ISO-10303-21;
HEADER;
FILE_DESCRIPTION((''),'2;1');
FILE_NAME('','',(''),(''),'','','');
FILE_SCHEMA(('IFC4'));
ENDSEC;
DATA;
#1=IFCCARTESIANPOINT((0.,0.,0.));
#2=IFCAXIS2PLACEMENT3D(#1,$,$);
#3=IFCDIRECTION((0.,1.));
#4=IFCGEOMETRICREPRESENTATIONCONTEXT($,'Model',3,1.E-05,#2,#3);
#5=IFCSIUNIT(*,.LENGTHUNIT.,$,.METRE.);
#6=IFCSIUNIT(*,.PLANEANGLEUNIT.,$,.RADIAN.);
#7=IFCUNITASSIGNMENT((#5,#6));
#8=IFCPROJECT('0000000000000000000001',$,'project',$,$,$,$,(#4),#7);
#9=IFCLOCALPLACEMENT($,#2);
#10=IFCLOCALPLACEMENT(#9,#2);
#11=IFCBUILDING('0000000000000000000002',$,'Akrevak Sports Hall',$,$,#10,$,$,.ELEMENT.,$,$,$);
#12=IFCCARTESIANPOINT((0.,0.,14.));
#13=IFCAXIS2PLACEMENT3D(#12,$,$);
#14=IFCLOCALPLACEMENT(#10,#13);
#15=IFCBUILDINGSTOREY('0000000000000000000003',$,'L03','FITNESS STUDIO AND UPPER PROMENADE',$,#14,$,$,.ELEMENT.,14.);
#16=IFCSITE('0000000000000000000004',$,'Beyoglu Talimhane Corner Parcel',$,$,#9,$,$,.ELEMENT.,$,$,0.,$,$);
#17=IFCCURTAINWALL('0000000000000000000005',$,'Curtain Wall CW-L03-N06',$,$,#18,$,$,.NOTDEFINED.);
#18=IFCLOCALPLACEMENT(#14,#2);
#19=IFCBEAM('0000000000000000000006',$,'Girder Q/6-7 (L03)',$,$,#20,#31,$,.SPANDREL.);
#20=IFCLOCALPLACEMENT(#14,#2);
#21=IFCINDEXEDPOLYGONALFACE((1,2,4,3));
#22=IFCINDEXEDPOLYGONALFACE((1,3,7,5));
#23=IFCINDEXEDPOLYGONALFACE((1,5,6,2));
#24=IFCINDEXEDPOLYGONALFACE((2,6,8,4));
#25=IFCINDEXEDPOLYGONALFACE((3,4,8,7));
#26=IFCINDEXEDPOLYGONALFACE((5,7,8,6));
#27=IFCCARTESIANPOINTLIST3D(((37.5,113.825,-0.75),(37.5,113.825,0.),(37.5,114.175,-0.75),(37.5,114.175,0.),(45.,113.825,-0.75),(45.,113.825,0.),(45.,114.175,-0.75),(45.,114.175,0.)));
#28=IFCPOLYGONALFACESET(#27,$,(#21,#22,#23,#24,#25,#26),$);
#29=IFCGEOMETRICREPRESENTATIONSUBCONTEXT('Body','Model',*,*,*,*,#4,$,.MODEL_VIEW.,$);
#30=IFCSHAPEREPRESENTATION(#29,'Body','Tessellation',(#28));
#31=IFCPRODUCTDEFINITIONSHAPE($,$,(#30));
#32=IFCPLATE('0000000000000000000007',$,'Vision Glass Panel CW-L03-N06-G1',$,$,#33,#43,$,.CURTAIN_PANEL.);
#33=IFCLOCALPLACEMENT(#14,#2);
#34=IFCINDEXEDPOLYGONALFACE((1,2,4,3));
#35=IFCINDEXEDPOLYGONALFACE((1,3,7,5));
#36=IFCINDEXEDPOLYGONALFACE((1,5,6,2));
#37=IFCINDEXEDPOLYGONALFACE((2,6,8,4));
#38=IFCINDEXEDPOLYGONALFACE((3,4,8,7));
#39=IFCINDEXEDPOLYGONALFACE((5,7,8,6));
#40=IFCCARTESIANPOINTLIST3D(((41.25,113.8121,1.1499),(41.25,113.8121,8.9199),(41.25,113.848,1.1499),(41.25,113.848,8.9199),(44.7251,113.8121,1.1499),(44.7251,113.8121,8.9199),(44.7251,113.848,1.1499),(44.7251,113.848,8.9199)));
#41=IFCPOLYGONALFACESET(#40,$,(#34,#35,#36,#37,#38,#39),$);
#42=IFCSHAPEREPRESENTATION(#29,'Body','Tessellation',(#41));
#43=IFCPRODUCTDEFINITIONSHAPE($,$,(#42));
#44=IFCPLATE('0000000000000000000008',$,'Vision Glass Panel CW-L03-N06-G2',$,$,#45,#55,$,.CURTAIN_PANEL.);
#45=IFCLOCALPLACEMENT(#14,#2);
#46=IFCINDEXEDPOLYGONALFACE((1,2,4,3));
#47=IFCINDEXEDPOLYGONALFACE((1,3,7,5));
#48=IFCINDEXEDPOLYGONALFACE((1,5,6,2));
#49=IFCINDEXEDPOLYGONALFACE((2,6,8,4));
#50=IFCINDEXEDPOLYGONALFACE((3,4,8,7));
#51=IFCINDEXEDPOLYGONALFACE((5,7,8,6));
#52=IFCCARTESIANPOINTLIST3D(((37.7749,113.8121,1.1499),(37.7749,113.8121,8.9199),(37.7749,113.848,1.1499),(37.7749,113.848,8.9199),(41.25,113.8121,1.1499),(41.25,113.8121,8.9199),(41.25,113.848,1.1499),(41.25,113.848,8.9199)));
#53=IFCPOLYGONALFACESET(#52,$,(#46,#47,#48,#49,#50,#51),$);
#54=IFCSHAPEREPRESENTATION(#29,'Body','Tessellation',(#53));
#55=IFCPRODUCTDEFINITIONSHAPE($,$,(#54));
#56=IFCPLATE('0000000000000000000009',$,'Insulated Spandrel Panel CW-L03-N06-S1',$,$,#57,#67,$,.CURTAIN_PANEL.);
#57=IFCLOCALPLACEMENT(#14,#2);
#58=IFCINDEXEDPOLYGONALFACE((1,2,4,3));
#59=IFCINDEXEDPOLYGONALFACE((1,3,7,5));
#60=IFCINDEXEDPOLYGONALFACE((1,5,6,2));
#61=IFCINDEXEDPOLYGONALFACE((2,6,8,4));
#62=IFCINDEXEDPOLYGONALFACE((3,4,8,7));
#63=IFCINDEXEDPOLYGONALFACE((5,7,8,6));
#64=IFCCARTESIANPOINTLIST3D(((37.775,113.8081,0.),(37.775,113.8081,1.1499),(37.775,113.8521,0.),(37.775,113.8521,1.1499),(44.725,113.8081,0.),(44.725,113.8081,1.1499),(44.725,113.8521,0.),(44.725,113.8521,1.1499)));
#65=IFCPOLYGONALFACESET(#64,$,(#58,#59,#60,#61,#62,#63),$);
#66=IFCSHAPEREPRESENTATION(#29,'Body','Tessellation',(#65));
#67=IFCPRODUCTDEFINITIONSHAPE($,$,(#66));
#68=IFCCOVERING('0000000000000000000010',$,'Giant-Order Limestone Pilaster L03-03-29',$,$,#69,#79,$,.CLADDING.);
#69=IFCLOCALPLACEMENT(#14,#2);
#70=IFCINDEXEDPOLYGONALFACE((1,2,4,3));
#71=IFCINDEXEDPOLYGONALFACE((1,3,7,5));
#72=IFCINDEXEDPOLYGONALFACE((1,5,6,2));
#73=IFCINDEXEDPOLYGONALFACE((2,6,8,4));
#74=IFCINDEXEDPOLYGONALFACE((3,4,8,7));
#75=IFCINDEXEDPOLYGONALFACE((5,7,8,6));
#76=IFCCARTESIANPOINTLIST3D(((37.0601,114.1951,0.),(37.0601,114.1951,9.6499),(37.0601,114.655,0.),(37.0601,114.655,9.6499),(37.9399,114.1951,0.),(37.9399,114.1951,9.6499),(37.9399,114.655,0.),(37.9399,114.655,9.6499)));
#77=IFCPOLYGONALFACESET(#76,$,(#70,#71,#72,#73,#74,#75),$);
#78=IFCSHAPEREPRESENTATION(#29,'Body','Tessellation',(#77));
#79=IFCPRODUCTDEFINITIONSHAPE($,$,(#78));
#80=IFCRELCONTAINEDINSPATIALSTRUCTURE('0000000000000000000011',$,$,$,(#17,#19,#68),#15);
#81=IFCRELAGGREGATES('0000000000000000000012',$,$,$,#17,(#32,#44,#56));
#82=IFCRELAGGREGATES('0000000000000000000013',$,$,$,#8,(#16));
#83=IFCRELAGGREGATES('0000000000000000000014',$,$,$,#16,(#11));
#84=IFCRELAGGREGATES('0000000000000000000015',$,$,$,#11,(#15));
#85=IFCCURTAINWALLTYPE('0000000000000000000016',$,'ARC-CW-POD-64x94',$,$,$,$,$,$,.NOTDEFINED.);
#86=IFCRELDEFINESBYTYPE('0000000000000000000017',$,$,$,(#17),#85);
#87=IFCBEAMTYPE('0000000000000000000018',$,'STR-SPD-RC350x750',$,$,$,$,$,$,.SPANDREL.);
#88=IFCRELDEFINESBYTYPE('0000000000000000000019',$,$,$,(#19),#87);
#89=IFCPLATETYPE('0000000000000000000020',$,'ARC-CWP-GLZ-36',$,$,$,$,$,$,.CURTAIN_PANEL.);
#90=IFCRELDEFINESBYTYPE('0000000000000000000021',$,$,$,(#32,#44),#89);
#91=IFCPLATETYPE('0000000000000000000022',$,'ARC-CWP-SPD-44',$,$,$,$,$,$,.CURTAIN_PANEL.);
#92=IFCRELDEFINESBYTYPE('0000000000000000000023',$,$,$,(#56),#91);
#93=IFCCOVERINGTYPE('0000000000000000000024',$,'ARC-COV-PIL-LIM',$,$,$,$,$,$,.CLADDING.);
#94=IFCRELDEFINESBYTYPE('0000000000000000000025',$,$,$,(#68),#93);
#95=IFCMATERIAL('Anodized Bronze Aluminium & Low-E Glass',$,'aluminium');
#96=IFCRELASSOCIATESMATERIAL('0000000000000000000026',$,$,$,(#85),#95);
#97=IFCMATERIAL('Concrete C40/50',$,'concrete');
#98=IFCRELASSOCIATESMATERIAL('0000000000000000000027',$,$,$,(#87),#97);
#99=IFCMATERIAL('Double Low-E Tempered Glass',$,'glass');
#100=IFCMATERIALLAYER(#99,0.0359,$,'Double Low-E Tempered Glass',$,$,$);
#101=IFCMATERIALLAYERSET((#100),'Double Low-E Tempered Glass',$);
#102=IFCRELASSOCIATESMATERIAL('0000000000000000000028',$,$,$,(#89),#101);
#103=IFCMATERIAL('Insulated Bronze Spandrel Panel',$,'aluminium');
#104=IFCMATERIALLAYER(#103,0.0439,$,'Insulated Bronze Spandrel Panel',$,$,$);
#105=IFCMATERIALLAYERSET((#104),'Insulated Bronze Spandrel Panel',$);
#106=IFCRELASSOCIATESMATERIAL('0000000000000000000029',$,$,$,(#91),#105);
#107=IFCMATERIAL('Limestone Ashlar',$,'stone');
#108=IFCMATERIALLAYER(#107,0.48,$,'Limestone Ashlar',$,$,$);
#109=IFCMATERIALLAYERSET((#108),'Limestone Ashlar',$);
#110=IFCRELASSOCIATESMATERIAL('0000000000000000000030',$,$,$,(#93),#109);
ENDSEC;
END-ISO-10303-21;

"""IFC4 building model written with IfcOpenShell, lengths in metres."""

from ifc_helpers import new_model, si_unit, direction, frame, origin, origin_2d, place, context, subcontext, project, spatial, rectangle, extrude, material, layer, layer_set, material_profile, profile_set, type_object, element, aggregate, save


model = new_model("IFC4")

# Units and contexts
model_context = context("Model", 3, precision=1e-05, world=origin(), true_north=direction((0.0, 1.0)))
body_context = subcontext(model_context, "Body", "Model", "MODEL_VIEW")
ifc_project = project(units=[si_unit("LENGTHUNIT", "METRE"), si_unit("PLANEANGLEUNIT", "RADIAN")], contexts=[model_context])

# Site, building, storey
site_placement = place(None, origin())
site = spatial("IfcSite", under=ifc_project, at=site_placement, Name="Beyoglu Talimhane Corner Parcel", CompositionType="ELEMENT", RefElevation=0.0)
building_placement = place(site_placement, origin())
building = spatial("IfcBuilding", under=site, at=building_placement, Name="Akrevak Sports Hall", CompositionType="ELEMENT")
storey_placement = place(building_placement, frame((0.0, 0.0, 14.0)))
storey = spatial("IfcBuildingStorey", under=building, at=storey_placement, Name="L03", Description="FITNESS STUDIO AND UPPER PROMENADE", CompositionType="ELEMENT", Elevation=14.0)

# Shared definitions
ifc_material_1 = material(Name="Concrete C40/50", Category="concrete")

# Curtain wall
ifc_material_2 = material(Name="Anodized Bronze Aluminium & Low-E Glass", Category="aluminium")
curtain_wall_type = type_object("IfcCurtainWallType", Name="ARC-CW-POD-64x94", PredefinedType="NOTDEFINED", material=ifc_material_2)
curtain_wall_placement = place(storey_placement, origin())
curtain_wall = element("IfcCurtainWall", 1, at=curtain_wall_placement, inside=storey, type_object=curtain_wall_type, Name="Curtain Wall CW-L03-N06", PredefinedType="NOTDEFINED")

# Beam
ifc_material_profile_1 = material_profile(ifc_material_1, rectangle(XDim=0.3501, YDim=0.75, at=origin_2d()), Name="SPD 350x750", Category="concrete")
ifc_profile_set_1 = profile_set([ifc_material_profile_1], Name="Concrete C40/50")
beam_type_1 = type_object("IfcBeamType", Name="STR-SPD-RC350x750", PredefinedType="SPANDREL", material=ifc_profile_set_1)
beam_1_placement = place(storey_placement, frame((37.5, 114.0, -0.375), z_axis=(1.0, 0.0, 0.0), x_axis=(0.0, 1.0, 0.0)))
element("IfcBeam", 2, at=beam_1_placement, inside=storey, type_object=beam_type_1, Name="Girder Q/6-7 (L03)", PredefinedType="SPANDREL", context=body_context, shape_type="SweptSolid", body=[
    extrude(rectangle(XDim=0.3501, YDim=0.75, at=origin_2d()), origin(), (0.0, 0.0, 1.0), 7.5),
])

# Plates
ifc_material_3 = material(Name="Double Low-E Tempered Glass", Category="glass")
ifc_layer_1 = layer(ifc_material_3, 0.0359, Name="Double Low-E Tempered Glass")
ifc_layer_set_1 = layer_set([ifc_layer_1], Name="Double Low-E Tempered Glass")
plate_type_1 = type_object("IfcPlateType", Name="ARC-CWP-GLZ-36", PredefinedType="CURTAIN_PANEL", material=ifc_layer_set_1)
plate_1_placement = place(storey_placement, frame((42.9875, 113.8301, 1.1499), z_axis=(0.0, 0.0, 1.0), x_axis=(-1.0, 0.0, 0.0)))
plate_1 = element("IfcPlate", 3, at=plate_1_placement, type_object=plate_type_1, Name="Vision Glass Panel CW-L03-N06-G1", PredefinedType="CURTAIN_PANEL", context=body_context, shape_type="SweptSolid", body=[
    extrude(rectangle(XDim=3.4751, YDim=0.0359, at=origin_2d()), origin(), (0.0, 0.0, 1.0), 7.77),
])
plate_2_placement = place(storey_placement, frame((39.5125, 113.8301, 1.1499), z_axis=(0.0, 0.0, 1.0), x_axis=(-1.0, 0.0, 0.0)))
plate_2 = element("IfcPlate", 4, at=plate_2_placement, type_object=plate_type_1, Name="Vision Glass Panel CW-L03-N06-G2", PredefinedType="CURTAIN_PANEL", context=body_context, shape_type="SweptSolid", body=[
    extrude(rectangle(XDim=3.4751, YDim=0.0359, at=origin_2d()), origin(), (0.0, 0.0, 1.0), 7.77),
])
ifc_material_4 = material(Name="Insulated Bronze Spandrel Panel", Category="aluminium")
ifc_layer_2 = layer(ifc_material_4, 0.0439, Name="Insulated Bronze Spandrel Panel")
ifc_layer_set_2 = layer_set([ifc_layer_2], Name="Insulated Bronze Spandrel Panel")
plate_type_2 = type_object("IfcPlateType", Name="ARC-CWP-SPD-44", PredefinedType="CURTAIN_PANEL", material=ifc_layer_set_2)
plate_3_placement = place(storey_placement, frame((41.25, 113.8301, 0.0), z_axis=(0.0, 0.0, 1.0), x_axis=(-1.0, 0.0, 0.0)))
plate_3 = element("IfcPlate", 5, at=plate_3_placement, type_object=plate_type_2, Name="Insulated Spandrel Panel CW-L03-N06-S1", PredefinedType="CURTAIN_PANEL", context=body_context, shape_type="SweptSolid", body=[
    extrude(rectangle(XDim=6.95, YDim=0.0439, at=origin_2d()), origin(), (0.0, 0.0, 1.0), 1.1499),
])
aggregate(curtain_wall, [plate_1, plate_2, plate_3])

# Covering
ifc_material_5 = material(Name="Limestone Ashlar", Category="stone")
ifc_layer_3 = layer(ifc_material_5, 0.48, Name="Limestone Ashlar")
ifc_layer_set_3 = layer_set([ifc_layer_3], Name="Limestone Ashlar")
covering_type = type_object("IfcCoveringType", Name="ARC-COV-PIL-LIM", PredefinedType="CLADDING", material=ifc_layer_set_3)
covering_placement = place(storey_placement, frame((37.5, 114.425, 0.0), z_axis=(0.0, 0.0, 1.0), x_axis=(-1.0, 0.0, 0.0)))
element("IfcCovering", 6, at=covering_placement, inside=storey, type_object=covering_type, Name="Giant-Order Limestone Pilaster L03-03-29", PredefinedType="CLADDING", context=body_context, shape_type="SweptSolid", body=[
    extrude(rectangle(XDim=0.8799, YDim=0.46, at=origin_2d()), origin(), (0.0, 0.0, 1.0), 9.6499),
])

save(model, "model.ifc")
